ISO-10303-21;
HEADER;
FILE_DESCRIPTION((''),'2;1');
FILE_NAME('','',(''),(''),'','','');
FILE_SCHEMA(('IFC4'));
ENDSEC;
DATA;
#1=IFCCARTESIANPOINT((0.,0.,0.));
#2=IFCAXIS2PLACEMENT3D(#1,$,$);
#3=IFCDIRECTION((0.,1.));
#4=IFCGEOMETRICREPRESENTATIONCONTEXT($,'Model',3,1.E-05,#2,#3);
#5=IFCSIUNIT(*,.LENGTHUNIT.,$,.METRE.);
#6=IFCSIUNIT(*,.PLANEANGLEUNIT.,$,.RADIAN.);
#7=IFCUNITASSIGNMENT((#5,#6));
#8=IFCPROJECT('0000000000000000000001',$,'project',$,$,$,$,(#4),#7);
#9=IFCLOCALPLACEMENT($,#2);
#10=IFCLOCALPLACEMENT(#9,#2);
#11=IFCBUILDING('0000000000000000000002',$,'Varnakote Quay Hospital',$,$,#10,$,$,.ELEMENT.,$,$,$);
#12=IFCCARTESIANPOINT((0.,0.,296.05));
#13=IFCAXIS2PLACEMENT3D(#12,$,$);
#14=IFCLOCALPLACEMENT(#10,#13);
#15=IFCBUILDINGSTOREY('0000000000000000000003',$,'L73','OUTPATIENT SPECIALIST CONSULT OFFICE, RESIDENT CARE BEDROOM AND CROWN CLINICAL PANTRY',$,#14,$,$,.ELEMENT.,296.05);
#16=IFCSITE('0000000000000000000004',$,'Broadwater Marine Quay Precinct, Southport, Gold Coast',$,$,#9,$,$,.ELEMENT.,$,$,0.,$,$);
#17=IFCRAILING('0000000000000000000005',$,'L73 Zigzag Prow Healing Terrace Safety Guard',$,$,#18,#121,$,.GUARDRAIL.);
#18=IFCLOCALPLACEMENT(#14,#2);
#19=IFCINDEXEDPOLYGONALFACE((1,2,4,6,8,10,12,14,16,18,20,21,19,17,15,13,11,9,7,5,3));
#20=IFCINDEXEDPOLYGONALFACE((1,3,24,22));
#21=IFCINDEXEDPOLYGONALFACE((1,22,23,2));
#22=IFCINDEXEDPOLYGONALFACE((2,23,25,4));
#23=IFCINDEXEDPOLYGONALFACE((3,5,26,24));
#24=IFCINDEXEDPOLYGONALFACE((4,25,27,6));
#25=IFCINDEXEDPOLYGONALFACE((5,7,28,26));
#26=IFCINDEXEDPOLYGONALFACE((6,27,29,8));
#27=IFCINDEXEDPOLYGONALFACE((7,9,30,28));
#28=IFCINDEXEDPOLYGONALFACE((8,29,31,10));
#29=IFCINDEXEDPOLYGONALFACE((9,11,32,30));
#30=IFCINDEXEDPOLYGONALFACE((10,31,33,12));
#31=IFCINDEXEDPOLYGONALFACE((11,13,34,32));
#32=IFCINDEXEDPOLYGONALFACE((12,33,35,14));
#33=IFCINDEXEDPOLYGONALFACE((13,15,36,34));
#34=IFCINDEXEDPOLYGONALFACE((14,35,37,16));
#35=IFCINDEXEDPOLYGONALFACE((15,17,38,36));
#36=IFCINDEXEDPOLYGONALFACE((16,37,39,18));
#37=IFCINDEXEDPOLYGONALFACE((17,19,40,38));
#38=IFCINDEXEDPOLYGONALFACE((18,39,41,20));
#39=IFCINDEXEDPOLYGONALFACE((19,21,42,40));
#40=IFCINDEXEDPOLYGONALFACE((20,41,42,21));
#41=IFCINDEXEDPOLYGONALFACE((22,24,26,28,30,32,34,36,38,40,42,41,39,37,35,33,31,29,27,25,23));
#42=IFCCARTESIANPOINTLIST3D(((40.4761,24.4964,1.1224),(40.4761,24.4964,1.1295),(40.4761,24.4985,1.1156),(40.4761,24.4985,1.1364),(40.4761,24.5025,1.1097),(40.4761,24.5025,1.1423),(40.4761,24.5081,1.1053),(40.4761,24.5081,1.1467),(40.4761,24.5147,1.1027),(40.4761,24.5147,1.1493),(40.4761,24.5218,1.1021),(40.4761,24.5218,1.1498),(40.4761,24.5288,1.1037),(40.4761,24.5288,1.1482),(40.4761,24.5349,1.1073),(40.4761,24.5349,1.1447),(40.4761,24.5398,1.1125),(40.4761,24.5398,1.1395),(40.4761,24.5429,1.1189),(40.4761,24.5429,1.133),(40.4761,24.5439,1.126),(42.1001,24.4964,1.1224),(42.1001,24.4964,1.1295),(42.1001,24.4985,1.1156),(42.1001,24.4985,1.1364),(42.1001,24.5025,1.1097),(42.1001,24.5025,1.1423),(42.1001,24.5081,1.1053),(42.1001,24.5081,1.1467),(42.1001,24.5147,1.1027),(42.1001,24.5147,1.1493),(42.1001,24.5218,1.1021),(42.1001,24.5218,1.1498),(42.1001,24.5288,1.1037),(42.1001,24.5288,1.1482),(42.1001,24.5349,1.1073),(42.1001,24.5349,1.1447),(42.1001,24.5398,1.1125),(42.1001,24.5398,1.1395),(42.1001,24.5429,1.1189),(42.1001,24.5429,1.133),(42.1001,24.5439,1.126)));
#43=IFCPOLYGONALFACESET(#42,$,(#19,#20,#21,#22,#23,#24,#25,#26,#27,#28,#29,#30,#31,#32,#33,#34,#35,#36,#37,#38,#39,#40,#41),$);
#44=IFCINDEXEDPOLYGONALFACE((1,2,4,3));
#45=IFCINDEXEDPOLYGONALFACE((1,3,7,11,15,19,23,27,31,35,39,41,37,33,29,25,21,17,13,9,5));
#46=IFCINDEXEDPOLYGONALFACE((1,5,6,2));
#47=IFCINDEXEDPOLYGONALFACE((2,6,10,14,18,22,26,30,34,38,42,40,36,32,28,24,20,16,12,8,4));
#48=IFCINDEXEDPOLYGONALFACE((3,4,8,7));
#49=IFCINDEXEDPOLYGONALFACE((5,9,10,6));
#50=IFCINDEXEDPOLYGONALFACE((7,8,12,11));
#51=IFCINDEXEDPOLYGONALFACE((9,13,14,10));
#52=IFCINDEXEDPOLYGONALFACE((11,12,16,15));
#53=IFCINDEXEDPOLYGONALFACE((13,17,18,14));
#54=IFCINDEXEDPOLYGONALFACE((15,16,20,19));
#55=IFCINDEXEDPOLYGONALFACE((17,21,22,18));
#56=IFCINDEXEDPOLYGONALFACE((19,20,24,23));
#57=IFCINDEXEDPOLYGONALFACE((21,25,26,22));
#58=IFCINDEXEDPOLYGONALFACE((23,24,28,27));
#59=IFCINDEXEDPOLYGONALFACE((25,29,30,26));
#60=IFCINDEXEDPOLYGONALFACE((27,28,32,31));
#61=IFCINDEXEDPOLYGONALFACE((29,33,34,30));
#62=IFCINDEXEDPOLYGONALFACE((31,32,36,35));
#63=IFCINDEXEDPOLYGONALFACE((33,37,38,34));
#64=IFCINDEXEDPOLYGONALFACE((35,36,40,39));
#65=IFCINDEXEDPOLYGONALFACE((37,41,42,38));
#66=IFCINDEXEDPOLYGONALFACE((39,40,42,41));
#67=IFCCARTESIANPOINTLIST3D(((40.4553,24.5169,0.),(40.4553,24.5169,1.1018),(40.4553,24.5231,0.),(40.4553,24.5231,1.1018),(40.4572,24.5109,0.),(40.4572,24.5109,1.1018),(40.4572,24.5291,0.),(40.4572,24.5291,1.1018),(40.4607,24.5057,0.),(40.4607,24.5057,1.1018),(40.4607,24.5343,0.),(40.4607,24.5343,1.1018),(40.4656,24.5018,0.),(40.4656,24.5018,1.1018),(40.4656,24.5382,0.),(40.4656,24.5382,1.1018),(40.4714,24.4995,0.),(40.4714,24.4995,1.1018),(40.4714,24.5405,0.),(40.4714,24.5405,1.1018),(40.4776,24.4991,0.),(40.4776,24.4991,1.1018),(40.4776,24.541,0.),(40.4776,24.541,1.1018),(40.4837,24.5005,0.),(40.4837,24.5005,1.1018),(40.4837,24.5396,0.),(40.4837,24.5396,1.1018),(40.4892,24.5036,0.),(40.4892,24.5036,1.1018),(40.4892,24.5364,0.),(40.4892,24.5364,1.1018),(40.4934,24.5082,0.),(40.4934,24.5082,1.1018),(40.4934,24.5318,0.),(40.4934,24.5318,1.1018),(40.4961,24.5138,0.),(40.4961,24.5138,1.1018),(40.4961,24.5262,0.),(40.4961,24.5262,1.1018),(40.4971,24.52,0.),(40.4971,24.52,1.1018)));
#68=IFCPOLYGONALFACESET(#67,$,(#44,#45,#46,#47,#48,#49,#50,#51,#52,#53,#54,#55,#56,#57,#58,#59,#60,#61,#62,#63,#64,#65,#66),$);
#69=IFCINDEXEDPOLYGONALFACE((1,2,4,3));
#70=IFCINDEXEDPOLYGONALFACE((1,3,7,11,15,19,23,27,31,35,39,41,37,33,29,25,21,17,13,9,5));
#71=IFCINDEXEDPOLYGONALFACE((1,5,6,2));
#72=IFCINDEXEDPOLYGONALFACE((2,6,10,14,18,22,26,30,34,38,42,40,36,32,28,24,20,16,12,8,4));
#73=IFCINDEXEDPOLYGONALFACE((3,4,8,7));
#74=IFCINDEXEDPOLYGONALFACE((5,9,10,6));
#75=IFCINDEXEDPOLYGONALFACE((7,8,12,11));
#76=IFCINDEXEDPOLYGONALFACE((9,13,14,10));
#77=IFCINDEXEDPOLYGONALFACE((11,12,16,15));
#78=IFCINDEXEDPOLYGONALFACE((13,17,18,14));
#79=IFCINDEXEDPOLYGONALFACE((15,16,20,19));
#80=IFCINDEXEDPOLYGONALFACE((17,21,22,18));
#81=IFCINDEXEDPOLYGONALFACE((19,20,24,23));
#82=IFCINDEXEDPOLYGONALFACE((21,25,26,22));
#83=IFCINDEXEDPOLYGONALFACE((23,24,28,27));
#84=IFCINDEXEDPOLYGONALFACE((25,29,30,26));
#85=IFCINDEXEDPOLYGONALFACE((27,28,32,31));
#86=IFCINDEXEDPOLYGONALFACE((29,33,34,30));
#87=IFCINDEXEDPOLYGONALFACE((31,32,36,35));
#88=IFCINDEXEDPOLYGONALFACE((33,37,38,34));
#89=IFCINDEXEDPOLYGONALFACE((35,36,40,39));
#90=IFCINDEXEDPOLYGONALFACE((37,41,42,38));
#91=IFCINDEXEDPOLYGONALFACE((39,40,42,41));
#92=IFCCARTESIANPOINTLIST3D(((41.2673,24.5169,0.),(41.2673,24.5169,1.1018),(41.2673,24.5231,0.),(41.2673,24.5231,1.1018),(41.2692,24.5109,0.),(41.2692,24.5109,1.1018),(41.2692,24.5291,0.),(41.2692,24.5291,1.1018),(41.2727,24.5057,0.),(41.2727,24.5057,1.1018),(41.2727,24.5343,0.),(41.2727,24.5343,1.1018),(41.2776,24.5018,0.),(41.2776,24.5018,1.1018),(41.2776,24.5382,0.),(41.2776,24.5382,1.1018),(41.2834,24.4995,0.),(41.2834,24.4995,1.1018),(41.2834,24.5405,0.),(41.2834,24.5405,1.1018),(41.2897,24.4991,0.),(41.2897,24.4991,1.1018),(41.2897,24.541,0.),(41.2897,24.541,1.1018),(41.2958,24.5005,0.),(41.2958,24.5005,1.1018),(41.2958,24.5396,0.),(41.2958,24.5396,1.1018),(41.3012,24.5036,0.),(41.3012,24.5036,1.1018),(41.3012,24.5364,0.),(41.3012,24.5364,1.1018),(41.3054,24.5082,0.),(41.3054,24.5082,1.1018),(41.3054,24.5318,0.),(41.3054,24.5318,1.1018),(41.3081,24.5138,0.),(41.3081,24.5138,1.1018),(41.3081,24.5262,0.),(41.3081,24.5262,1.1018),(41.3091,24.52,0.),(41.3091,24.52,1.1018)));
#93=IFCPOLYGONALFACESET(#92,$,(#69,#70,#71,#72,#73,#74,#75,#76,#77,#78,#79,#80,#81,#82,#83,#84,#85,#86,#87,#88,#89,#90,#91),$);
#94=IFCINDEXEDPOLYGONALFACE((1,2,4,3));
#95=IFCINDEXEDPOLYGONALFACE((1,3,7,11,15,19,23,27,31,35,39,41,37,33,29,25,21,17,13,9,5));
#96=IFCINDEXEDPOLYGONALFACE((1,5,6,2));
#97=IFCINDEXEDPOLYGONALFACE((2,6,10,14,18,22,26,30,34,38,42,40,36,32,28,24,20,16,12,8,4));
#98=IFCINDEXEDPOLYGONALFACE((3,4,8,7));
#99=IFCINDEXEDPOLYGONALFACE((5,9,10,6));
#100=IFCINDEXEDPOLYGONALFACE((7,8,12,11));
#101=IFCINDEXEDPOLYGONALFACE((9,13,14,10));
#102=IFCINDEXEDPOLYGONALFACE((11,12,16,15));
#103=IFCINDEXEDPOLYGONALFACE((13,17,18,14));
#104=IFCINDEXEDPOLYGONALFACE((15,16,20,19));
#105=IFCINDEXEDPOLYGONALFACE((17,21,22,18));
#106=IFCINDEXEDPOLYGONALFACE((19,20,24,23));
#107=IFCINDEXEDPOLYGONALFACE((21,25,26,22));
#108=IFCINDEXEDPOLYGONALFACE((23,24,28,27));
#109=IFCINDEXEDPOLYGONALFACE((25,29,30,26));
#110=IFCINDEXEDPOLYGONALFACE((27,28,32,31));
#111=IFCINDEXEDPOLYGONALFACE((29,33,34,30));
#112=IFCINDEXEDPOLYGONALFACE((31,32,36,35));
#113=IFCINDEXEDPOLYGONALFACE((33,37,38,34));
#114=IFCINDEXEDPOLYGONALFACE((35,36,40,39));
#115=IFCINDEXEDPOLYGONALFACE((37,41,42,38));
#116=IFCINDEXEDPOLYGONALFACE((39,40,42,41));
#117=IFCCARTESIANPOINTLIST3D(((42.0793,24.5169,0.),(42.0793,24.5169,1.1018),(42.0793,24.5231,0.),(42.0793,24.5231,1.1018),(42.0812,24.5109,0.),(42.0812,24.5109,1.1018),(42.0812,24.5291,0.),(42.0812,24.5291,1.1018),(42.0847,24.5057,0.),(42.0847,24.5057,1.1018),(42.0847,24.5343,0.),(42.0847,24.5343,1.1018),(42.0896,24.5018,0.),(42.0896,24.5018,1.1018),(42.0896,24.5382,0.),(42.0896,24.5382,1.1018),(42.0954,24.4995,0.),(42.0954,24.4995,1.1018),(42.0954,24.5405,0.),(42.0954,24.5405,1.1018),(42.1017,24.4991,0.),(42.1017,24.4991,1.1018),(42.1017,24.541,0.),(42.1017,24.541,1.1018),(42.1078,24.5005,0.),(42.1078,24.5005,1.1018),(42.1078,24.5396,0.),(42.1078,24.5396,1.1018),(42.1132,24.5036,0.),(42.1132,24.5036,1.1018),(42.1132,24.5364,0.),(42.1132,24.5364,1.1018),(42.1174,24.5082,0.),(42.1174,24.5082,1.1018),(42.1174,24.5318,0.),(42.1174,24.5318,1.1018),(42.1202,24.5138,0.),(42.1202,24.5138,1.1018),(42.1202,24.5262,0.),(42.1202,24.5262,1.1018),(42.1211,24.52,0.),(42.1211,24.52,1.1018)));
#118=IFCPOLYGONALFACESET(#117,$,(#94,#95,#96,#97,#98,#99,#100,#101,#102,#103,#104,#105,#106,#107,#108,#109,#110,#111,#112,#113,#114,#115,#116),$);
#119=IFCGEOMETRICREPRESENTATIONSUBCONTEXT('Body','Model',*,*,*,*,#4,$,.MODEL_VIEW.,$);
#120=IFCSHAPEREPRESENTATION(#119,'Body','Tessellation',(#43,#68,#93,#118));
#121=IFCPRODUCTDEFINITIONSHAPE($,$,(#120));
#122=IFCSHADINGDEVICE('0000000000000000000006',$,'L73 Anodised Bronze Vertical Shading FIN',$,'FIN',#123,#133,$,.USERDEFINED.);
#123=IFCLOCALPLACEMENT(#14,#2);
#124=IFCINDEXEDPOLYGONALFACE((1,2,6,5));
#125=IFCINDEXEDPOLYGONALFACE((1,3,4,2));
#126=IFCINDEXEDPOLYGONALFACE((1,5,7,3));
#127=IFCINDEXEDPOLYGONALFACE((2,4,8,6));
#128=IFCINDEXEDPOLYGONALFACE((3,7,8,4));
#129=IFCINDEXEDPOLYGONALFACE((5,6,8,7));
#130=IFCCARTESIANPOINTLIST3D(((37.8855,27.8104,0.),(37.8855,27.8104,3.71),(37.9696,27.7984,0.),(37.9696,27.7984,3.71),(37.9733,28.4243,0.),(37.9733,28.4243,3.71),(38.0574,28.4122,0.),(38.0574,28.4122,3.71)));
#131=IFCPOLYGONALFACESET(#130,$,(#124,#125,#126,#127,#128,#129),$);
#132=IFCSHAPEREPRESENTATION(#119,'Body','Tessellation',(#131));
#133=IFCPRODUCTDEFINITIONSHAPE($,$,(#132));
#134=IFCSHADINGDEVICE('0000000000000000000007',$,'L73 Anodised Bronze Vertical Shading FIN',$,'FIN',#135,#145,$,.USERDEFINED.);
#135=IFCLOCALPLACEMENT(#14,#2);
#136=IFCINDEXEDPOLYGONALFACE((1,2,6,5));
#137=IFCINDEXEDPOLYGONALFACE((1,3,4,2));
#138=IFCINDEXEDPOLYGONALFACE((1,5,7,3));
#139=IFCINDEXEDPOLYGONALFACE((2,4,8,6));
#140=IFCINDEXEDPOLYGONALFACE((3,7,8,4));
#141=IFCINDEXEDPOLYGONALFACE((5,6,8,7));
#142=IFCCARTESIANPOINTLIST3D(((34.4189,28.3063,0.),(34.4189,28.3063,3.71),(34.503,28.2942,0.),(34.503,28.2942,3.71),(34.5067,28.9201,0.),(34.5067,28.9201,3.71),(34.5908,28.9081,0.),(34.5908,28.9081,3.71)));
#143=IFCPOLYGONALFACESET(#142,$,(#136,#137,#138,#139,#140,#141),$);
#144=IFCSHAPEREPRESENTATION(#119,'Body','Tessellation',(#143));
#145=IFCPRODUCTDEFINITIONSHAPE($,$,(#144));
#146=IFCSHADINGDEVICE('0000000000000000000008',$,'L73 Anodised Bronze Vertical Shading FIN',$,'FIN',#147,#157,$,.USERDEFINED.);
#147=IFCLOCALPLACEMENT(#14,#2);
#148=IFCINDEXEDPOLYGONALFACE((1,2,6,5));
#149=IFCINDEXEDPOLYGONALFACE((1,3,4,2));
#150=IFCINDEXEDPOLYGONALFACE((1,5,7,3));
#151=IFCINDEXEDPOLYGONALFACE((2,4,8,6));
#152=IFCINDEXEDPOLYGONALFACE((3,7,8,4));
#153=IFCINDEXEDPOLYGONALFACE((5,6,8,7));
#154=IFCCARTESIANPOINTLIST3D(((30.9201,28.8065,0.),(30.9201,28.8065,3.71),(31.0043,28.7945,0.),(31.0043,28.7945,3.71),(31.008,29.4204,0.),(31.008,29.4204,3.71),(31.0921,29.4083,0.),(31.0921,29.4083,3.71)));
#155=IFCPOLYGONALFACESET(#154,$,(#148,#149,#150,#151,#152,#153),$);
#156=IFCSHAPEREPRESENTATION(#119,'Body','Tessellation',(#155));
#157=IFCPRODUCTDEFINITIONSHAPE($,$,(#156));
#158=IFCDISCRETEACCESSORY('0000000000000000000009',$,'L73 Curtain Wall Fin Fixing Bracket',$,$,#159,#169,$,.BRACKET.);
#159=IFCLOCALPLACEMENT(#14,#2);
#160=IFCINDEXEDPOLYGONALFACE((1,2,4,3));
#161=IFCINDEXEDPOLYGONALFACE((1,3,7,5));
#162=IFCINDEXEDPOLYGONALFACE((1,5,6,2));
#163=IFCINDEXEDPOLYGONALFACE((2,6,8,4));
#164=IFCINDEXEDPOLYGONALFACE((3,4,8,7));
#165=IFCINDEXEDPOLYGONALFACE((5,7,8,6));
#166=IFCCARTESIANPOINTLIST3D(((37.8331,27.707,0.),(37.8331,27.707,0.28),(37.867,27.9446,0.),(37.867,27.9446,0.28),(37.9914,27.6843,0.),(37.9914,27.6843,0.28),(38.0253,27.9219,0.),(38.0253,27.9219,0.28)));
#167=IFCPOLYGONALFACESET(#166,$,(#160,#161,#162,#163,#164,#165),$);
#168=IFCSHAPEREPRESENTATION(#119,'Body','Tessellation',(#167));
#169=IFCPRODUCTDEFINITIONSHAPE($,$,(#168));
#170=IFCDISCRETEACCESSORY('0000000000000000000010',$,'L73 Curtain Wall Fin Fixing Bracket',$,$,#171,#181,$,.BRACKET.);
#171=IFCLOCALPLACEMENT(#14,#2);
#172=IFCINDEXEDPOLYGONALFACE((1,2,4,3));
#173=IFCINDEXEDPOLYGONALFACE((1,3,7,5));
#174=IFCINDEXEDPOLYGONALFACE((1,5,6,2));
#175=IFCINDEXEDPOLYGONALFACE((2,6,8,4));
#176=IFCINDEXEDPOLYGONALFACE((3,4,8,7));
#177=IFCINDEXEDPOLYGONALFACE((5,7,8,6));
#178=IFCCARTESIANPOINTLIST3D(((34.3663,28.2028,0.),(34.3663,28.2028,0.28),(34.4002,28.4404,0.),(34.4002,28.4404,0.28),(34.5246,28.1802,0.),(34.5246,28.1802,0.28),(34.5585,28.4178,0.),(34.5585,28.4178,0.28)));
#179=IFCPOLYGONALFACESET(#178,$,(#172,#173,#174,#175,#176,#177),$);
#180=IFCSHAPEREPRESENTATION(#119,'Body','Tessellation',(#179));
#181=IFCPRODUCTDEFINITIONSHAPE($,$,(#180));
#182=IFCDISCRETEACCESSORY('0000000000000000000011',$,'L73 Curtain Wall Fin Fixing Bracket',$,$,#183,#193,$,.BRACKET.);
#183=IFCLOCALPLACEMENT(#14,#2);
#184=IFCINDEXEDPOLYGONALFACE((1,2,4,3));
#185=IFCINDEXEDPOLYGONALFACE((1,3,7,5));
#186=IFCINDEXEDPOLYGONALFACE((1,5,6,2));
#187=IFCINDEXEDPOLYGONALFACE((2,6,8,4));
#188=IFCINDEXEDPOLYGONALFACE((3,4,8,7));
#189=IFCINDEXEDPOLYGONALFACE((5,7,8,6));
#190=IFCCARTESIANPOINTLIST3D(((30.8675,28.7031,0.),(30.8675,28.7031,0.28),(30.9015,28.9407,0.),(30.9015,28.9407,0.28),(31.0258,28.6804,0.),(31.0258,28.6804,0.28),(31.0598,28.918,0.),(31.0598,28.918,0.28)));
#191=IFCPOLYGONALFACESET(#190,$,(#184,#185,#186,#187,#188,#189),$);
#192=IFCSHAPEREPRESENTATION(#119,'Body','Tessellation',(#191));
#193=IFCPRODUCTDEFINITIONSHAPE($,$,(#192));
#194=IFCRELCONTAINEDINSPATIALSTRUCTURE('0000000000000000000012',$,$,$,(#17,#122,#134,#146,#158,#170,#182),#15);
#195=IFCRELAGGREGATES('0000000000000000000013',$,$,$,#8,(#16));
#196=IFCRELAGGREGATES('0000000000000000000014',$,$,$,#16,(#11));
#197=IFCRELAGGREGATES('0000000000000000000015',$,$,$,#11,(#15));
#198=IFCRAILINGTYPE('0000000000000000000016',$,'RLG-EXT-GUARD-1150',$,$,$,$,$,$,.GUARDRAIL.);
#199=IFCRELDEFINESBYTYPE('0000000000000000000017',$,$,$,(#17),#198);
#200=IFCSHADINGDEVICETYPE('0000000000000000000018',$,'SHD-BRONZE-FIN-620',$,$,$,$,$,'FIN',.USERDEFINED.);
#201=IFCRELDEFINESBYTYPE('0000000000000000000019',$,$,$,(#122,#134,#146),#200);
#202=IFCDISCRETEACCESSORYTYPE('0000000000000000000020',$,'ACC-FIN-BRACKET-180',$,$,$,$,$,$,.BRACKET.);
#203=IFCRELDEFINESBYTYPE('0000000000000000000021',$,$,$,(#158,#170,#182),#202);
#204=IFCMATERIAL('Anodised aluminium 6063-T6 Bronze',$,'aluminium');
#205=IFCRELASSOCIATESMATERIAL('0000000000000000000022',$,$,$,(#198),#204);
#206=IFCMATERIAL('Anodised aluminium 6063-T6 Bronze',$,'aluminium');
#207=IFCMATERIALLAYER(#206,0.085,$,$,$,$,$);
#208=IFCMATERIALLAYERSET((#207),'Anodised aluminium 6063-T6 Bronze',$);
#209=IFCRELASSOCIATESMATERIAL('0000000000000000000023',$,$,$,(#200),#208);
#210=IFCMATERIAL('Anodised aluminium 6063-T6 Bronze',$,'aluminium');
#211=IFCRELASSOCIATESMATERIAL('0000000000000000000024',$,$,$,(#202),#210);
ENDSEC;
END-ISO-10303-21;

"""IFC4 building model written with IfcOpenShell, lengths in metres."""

from ifc_helpers import new_model, si_unit, direction, frame, origin, origin_2d, place, context, subcontext, project, spatial, rectangle, circle, extrude, material, layer, layer_set, type_object, element, save


model = new_model("IFC4")

# Units and contexts
model_context = context("Model", 3, precision=1e-05, world=origin(), true_north=direction((0.0, 1.0)))
body_context = subcontext(model_context, "Body", "Model", "MODEL_VIEW")
ifc_project = project(units=[si_unit("LENGTHUNIT", "METRE"), si_unit("PLANEANGLEUNIT", "RADIAN")], contexts=[model_context])

# Site, building, storey
site_placement = place(None, origin())
site = spatial("IfcSite", under=ifc_project, at=site_placement, Name="Broadwater Marine Quay Precinct, Southport, Gold Coast", CompositionType="ELEMENT", RefElevation=0.0)
building_placement = place(site_placement, origin())
building = spatial("IfcBuilding", under=site, at=building_placement, Name="Varnakote Quay Hospital", CompositionType="ELEMENT")
storey_placement = place(building_placement, frame((0.0, 0.0, 296.05)))
storey = spatial("IfcBuildingStorey", under=building, at=storey_placement, Name="L73", Description="OUTPATIENT SPECIALIST CONSULT OFFICE, RESIDENT CARE BEDROOM AND CROWN CLINICAL PANTRY", CompositionType="ELEMENT", Elevation=296.05)

# Railing
ifc_material_1 = material(Name="Anodised aluminium 6063-T6 Bronze", Category="aluminium")
railing_type = type_object("IfcRailingType", Name="RLG-EXT-GUARD-1150", PredefinedType="GUARDRAIL", material=ifc_material_1)
railing_1_placement = place(storey_placement, frame((40.4761, 24.52, 0.0)))
element("IfcRailing", 1, at=railing_1_placement, inside=storey, type_object=railing_type, Name="L73 Zigzag Prow Healing Terrace Safety Guard", PredefinedType="GUARDRAIL", context=body_context, shape_type="SweptSolid", body=[
    extrude(circle(Radius=0.0239, at=origin_2d()), frame((0.0, 0.0, 1.126), z_axis=(1.0, 0.0, 0.0), x_axis=(0.0, 1.0, 0.0)), (0.0, 0.0, 1.0), 1.624),
    extrude(circle(Radius=0.021, at=origin_2d()), origin(), (0.0, 0.0, 1.0), 1.1018),
    extrude(circle(Radius=0.021, at=origin_2d()), frame((0.812, 0.0, 0.0)), (0.0, 0.0, 1.0), 1.1018),
    extrude(circle(Radius=0.021, at=origin_2d()), frame((1.624, 0.0, 0.0)), (0.0, 0.0, 1.0), 1.1018),
])

# Shading devices
ifc_material_2 = material(Name="Anodised aluminium 6063-T6 Bronze", Category="aluminium")
ifc_layer_1 = layer(ifc_material_2, 0.085)
ifc_layer_set_1 = layer_set([ifc_layer_1], Name="Anodised aluminium 6063-T6 Bronze")
shading_device_type = type_object("IfcShadingDeviceType", Name="SHD-BRONZE-FIN-620", ElementType="FIN", PredefinedType="USERDEFINED", material=ifc_layer_set_1)
for number, where, z_axis, x_axis, name in (
    (2, (37.9714, 28.1113, 0.0), (0.0, 0.0, 1.0), (-0.141592, -0.989925, 0.0), "L73 Anodised Bronze Vertical Shading FIN"),
    (3, (34.5049, 28.6072, 0.0), (0.0, 0.0, 1.0), (-0.141592, -0.989925, 0.0), "L73 Anodised Bronze Vertical Shading FIN"),
    (4, (31.0061, 29.1074, 0.0), (0.0, 0.0, 1.0), (-0.141592, -0.989925, 0.0), "L73 Anodised Bronze Vertical Shading FIN"),
):
    element("IfcShadingDevice", number, at=place(storey_placement, frame(where, z_axis=z_axis, x_axis=x_axis)), inside=storey, type_object=shading_device_type, Name=name, ObjectType="FIN", PredefinedType="USERDEFINED", context=body_context, shape_type="SweptSolid", body=[
        extrude(rectangle(XDim=0.6201, YDim=0.085, at=origin_2d()), origin(), (0.0, 0.0, 1.0), 3.71),
    ])

# Discrete accessories
ifc_material_3 = material(Name="Anodised aluminium 6063-T6 Bronze", Category="aluminium")
discrete_accessory_type = type_object("IfcDiscreteAccessoryType", Name="ACC-FIN-BRACKET-180", PredefinedType="BRACKET", material=ifc_material_3)
for number, where, z_axis, x_axis, name in (
    (5, (37.9292, 27.8145, 0.0), (0.0, 0.0, 1.0), (-0.989925, 0.141592, 0.0), "L73 Curtain Wall Fin Fixing Bracket"),
    (6, (34.4624, 28.3103, 0.0), (0.0, 0.0, 1.0), (-0.989925, 0.141592, 0.0), "L73 Curtain Wall Fin Fixing Bracket"),
    (7, (30.9636, 28.8105, 0.0), (0.0, 0.0, 1.0), (-0.989925, 0.141592, 0.0), "L73 Curtain Wall Fin Fixing Bracket"),
):
    element("IfcDiscreteAccessory", number, at=place(storey_placement, frame(where, z_axis=z_axis, x_axis=x_axis)), inside=storey, type_object=discrete_accessory_type, Name=name, PredefinedType="BRACKET", context=body_context, shape_type="SweptSolid", body=[
        extrude(rectangle(XDim=0.1599, YDim=0.24, at=origin_2d()), origin(), (0.0, 0.0, 1.0), 0.28),
    ])

save(model, "model.ifc")
